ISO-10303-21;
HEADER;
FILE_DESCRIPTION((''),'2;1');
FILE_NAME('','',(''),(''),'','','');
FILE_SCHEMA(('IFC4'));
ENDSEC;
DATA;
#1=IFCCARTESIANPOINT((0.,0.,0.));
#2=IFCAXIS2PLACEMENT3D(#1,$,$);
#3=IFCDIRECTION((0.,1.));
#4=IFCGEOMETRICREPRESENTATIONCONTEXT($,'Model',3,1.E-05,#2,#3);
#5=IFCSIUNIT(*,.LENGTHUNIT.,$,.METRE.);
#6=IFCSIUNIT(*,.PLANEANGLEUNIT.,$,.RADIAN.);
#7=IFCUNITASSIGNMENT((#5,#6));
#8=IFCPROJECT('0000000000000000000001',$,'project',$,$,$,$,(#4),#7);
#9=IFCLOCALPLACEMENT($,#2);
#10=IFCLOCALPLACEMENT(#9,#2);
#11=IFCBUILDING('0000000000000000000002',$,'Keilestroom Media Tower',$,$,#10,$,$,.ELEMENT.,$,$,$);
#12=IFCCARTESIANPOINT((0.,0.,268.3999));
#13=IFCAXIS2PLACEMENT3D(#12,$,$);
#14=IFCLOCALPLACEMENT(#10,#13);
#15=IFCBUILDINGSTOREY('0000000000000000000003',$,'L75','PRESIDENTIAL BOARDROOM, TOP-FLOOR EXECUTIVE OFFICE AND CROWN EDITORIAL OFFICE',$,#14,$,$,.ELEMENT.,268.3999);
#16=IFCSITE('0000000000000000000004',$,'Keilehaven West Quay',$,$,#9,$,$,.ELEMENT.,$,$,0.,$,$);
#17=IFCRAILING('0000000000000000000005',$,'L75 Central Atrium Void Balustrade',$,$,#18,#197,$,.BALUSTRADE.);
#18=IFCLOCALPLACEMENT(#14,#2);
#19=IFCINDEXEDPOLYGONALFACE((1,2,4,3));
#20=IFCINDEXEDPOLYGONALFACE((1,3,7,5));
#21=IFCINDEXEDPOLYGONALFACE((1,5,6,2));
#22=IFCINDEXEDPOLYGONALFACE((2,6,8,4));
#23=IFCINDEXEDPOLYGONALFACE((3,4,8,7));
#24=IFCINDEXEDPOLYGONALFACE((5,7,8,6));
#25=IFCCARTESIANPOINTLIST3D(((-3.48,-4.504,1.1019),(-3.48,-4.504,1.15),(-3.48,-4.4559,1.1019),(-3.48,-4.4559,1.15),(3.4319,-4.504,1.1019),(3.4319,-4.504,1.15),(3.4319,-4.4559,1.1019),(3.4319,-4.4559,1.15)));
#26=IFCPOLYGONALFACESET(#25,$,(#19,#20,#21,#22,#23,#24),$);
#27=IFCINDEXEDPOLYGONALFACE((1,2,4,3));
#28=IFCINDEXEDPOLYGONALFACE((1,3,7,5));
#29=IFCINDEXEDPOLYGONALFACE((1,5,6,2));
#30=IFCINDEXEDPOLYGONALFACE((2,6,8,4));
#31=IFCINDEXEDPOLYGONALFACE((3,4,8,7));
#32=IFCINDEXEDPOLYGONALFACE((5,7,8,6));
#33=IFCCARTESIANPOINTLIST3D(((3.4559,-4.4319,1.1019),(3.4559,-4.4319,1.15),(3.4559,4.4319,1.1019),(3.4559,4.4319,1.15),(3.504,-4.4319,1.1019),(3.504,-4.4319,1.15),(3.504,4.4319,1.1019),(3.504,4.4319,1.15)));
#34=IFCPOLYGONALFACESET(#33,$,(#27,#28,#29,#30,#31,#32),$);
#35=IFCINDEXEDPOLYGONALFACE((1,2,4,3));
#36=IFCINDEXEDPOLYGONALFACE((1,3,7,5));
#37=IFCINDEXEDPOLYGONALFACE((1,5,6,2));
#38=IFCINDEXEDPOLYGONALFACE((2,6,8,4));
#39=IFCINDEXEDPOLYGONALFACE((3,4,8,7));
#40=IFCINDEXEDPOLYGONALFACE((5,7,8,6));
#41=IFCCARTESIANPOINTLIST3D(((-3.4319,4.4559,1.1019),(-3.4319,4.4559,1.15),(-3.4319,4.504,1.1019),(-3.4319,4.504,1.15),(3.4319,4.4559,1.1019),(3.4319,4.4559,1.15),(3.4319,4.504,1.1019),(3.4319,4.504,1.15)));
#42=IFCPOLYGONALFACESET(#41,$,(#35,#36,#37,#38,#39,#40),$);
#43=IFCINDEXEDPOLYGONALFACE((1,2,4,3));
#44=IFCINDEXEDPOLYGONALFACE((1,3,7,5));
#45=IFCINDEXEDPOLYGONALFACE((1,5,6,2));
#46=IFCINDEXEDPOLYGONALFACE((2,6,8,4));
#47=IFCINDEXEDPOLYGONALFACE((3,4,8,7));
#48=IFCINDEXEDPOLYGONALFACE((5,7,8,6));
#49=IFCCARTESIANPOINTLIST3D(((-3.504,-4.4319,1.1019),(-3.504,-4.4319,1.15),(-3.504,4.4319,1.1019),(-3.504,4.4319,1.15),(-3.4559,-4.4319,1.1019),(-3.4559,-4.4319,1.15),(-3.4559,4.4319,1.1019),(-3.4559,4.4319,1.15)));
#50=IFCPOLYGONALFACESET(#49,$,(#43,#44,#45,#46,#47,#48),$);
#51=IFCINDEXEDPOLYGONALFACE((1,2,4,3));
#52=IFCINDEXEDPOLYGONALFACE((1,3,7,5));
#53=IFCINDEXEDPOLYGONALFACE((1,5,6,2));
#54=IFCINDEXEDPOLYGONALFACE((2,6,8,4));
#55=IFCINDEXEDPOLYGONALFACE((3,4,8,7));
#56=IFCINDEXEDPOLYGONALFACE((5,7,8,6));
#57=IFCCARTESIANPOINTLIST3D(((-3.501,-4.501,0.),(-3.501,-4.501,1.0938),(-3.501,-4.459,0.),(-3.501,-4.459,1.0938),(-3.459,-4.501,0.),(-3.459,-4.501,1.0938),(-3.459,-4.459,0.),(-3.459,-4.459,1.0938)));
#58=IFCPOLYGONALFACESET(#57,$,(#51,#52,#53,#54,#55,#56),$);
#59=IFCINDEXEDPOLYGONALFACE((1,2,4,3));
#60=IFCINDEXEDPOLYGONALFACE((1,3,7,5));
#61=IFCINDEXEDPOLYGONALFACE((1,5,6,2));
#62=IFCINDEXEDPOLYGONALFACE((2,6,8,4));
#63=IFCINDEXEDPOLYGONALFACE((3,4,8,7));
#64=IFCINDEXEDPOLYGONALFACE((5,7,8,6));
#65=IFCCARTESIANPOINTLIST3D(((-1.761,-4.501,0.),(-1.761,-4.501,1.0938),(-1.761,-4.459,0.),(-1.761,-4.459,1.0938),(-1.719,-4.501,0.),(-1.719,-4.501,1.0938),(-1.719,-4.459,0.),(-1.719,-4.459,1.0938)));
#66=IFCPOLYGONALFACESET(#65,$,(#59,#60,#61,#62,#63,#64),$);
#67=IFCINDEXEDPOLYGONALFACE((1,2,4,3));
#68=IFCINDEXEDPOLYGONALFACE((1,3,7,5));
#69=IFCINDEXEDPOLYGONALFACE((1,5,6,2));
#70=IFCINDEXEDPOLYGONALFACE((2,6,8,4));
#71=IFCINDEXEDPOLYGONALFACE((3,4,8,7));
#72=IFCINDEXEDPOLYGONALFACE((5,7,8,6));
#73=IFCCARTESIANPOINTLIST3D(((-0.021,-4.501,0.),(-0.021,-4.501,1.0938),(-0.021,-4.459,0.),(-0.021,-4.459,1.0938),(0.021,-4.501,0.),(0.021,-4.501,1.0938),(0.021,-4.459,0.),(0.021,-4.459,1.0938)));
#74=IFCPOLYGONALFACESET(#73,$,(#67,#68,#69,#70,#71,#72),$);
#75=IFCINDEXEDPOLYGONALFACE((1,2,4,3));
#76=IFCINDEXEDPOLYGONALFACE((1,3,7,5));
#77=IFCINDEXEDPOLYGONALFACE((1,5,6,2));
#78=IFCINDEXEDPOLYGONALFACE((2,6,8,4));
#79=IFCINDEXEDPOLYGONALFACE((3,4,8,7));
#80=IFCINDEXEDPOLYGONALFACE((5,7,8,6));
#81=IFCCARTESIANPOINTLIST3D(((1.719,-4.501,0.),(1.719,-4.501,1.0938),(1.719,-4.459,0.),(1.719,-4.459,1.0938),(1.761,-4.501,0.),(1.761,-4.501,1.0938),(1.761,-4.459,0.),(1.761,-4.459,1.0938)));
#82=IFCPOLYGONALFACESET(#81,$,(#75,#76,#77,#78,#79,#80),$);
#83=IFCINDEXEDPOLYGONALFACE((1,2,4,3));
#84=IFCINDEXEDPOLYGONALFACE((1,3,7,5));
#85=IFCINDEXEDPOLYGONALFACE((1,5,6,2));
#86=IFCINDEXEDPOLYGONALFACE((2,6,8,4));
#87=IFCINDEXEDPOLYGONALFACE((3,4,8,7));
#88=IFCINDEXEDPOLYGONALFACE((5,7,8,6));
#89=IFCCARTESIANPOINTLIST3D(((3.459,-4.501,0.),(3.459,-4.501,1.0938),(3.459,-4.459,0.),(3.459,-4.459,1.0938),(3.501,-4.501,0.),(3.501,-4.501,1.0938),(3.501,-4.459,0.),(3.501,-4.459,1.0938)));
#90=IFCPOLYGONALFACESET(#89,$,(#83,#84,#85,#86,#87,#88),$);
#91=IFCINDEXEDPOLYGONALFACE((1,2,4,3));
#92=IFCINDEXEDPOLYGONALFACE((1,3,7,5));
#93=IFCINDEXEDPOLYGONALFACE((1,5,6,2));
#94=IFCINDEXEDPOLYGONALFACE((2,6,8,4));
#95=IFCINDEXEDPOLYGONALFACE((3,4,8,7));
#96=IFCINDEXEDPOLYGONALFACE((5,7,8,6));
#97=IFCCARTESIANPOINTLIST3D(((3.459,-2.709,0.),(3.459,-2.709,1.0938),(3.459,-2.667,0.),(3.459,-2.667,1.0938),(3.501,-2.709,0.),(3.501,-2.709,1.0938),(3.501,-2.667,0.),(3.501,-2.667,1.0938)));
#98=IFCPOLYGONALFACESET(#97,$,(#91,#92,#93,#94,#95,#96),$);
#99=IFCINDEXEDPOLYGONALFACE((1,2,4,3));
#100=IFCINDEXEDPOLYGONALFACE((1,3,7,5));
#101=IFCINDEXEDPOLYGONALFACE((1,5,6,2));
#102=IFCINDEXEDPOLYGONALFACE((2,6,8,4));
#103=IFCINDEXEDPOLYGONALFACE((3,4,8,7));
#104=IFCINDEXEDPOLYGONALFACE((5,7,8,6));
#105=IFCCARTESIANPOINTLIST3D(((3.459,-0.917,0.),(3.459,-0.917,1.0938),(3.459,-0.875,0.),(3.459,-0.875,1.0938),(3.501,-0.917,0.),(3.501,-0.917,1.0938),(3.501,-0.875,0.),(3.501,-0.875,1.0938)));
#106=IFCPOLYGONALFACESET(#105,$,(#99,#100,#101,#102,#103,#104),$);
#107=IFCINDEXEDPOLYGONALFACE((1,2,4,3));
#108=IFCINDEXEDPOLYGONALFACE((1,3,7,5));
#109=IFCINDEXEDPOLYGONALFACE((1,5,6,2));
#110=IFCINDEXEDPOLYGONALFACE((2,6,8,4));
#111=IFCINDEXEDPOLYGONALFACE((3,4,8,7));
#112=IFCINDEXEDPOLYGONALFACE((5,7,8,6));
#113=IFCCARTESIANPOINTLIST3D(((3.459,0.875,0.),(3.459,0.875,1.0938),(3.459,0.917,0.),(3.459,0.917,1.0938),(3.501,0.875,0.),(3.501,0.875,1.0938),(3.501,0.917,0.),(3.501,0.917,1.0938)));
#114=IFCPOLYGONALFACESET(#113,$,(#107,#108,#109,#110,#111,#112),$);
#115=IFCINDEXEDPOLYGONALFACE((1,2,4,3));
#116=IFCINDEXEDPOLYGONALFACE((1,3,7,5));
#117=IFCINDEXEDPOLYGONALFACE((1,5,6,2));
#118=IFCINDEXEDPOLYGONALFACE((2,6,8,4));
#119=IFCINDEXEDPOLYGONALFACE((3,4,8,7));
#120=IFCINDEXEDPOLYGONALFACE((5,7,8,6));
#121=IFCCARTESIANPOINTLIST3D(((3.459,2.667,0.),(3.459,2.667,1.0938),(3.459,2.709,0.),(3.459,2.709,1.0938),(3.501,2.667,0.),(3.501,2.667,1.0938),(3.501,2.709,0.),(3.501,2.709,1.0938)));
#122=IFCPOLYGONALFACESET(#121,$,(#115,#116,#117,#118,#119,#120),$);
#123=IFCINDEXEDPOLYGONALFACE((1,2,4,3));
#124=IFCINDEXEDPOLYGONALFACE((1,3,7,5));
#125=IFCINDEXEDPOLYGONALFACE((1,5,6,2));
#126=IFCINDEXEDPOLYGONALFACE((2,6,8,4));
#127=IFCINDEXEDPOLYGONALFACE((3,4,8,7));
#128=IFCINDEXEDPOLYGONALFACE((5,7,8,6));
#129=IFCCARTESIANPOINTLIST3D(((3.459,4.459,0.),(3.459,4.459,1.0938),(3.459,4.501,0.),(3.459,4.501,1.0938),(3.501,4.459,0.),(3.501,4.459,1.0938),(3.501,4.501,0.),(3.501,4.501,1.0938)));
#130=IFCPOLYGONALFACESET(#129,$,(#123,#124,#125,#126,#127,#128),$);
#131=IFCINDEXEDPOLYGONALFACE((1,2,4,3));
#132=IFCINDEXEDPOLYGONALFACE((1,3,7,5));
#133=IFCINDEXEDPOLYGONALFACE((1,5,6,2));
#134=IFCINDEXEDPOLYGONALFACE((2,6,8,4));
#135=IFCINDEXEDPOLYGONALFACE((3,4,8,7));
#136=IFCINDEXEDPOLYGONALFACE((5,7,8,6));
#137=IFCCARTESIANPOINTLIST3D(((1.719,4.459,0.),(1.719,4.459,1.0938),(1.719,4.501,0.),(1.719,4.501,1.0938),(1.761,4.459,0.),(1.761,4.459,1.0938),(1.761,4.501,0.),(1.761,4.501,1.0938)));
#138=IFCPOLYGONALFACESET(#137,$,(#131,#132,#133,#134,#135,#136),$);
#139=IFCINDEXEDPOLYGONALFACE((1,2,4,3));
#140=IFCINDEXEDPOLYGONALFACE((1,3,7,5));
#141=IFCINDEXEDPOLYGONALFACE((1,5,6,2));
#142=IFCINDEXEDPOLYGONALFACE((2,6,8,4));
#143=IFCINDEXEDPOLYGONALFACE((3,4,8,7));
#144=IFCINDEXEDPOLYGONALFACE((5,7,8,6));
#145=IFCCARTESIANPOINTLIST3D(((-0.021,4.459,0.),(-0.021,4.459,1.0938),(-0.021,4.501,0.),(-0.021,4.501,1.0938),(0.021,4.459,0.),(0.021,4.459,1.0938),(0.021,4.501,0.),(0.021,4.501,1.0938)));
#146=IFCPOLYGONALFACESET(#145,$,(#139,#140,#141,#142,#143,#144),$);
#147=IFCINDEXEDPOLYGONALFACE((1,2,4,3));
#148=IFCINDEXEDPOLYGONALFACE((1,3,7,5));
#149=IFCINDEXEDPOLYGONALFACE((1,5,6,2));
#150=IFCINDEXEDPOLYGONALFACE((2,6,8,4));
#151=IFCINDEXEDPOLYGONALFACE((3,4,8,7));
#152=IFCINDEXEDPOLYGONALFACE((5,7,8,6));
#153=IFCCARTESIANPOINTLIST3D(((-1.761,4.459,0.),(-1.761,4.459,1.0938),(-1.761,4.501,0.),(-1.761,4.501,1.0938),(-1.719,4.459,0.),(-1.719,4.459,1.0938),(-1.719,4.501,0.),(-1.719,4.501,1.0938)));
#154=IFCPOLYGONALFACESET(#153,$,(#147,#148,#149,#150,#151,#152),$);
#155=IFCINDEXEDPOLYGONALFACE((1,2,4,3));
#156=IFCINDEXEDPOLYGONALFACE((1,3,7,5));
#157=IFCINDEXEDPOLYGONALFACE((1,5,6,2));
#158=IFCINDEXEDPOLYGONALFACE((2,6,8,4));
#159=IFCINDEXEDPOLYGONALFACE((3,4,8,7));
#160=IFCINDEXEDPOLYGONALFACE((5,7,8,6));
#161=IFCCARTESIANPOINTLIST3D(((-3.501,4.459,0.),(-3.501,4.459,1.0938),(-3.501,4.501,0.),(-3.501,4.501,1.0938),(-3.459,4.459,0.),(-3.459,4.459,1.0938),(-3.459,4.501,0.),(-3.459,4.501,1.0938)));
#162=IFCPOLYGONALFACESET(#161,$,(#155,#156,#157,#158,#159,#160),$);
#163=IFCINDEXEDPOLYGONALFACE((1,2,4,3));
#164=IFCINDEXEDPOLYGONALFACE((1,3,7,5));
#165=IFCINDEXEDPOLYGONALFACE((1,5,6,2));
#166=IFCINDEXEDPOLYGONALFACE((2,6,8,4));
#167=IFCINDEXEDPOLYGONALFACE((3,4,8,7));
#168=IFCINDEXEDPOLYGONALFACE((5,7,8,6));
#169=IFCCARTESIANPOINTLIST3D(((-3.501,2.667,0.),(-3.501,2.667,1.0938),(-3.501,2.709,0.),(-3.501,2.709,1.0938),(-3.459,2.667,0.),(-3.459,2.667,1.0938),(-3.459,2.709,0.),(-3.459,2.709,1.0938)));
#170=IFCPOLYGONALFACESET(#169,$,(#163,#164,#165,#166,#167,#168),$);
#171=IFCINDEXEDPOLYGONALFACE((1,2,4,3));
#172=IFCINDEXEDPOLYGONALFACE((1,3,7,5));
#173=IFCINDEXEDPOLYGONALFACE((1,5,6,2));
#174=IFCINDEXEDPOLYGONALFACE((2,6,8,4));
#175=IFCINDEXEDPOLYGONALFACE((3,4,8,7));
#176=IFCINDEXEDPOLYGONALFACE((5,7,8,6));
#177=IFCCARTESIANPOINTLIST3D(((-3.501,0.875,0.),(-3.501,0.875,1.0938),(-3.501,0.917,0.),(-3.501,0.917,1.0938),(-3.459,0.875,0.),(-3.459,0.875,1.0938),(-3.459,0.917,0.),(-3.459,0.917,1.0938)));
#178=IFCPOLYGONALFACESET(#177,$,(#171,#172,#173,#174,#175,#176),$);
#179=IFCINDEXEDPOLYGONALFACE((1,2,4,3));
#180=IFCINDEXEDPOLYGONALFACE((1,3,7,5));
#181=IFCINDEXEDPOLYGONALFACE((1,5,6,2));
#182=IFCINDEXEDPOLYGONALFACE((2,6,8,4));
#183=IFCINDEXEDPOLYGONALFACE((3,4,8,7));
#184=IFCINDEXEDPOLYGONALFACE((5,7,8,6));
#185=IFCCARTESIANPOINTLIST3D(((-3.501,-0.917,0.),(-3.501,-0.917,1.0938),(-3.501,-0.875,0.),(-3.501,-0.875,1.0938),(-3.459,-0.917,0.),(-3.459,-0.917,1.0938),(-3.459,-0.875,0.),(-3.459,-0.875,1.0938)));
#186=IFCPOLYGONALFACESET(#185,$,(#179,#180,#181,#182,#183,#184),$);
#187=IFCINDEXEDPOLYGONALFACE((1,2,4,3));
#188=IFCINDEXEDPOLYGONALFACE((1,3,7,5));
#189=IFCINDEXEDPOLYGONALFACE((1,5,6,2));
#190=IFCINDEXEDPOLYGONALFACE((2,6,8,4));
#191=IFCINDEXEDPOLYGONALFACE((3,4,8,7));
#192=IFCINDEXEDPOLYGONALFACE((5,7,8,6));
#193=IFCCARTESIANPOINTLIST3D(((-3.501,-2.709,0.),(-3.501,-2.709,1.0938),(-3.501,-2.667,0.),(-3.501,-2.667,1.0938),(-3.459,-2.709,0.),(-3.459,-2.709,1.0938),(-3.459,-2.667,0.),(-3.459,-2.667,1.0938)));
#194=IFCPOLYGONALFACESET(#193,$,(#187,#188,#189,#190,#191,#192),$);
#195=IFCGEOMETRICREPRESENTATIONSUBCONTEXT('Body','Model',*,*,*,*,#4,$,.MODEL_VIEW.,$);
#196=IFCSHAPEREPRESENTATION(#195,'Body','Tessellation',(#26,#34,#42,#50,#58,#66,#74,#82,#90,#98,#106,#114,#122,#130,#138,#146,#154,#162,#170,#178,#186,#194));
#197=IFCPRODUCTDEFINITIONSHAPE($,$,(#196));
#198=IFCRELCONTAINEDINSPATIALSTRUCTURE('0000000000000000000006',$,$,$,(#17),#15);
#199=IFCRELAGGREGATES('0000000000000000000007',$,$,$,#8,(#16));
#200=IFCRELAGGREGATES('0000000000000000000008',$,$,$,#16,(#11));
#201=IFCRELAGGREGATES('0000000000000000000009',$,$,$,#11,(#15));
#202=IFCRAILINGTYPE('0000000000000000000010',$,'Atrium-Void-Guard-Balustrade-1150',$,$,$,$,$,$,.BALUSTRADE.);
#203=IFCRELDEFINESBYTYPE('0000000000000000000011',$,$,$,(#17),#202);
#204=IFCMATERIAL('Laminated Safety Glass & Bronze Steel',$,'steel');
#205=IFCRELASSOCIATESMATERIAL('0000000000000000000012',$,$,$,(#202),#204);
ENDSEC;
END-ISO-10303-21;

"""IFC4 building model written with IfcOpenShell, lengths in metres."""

from ifc_helpers import new_model, si_unit, direction, frame, origin, origin_2d, place, context, subcontext, project, spatial, rectangle, extrude, material, type_object, element, save


model = new_model("IFC4")

# Units and contexts
model_context = context("Model", 3, precision=1e-05, world=origin(), true_north=direction((0.0, 1.0)))
body_context = subcontext(model_context, "Body", "Model", "MODEL_VIEW")
ifc_project = project(units=[si_unit("LENGTHUNIT", "METRE"), si_unit("PLANEANGLEUNIT", "RADIAN")], contexts=[model_context])

# Site, building, storey
site_placement = place(None, origin())
site = spatial("IfcSite", under=ifc_project, at=site_placement, Name="Keilehaven West Quay", CompositionType="ELEMENT", RefElevation=0.0)
building_placement = place(site_placement, origin())
building = spatial("IfcBuilding", under=site, at=building_placement, Name="Keilestroom Media Tower", CompositionType="ELEMENT")
storey_placement = place(building_placement, frame((0.0, 0.0, 268.3999)))
storey = spatial("IfcBuildingStorey", under=building, at=storey_placement, Name="L75", Description="PRESIDENTIAL BOARDROOM, TOP-FLOOR EXECUTIVE OFFICE AND CROWN EDITORIAL OFFICE", CompositionType="ELEMENT", Elevation=268.3999)

# Railing
ifc_material_1 = material(Name="Laminated Safety Glass & Bronze Steel", Category="steel")
railing_type = type_object("IfcRailingType", Name="Atrium-Void-Guard-Balustrade-1150", PredefinedType="BALUSTRADE", material=ifc_material_1)
railing_placement = place(storey_placement, frame((-3.48, -4.48, 0.0)))
element("IfcRailing", 1, at=railing_placement, inside=storey, type_object=railing_type, Name="L75 Central Atrium Void Balustrade", PredefinedType="BALUSTRADE", context=body_context, shape_type="SweptSolid", body=[
    extrude(rectangle(XDim=0.0481, YDim=0.0481, at=origin_2d()), frame((0.0, 0.0, 1.126), z_axis=(1.0, 0.0, 0.0), x_axis=(0.0, 1.0, 0.0)), (0.0, 0.0, 1.0), 6.9119),
    extrude(rectangle(XDim=0.0481, YDim=0.0481, at=origin_2d()), frame((6.96, 0.0481, 1.126), z_axis=(0.0, 1.0, 0.0), x_axis=(-1.0, 0.0, 0.0)), (0.0, 0.0, 1.0), 8.8638),
    extrude(rectangle(XDim=0.0481, YDim=0.0481, at=origin_2d()), frame((6.9119, 8.96, 1.126), z_axis=(-1.0, 0.0, 0.0), x_axis=(0.0, -1.0, 0.0)), (0.0, 0.0, 1.0), 6.8638),
    extrude(rectangle(XDim=0.0481, YDim=0.0481, at=origin_2d()), frame((0.0, 8.9119, 1.126), z_axis=(0.0, -1.0, 0.0), x_axis=(1.0, 0.0, 0.0)), (0.0, 0.0, 1.0), 8.8638),
    extrude(rectangle(XDim=0.042, YDim=0.042, at=origin_2d()), origin(), (0.0, 0.0, 1.0), 1.0938),
    extrude(rectangle(XDim=0.042, YDim=0.042, at=origin_2d()), frame((1.74, 0.0, 0.0)), (0.0, 0.0, 1.0), 1.0938),
    extrude(rectangle(XDim=0.042, YDim=0.042, at=origin_2d()), frame((3.48, 0.0, 0.0)), (0.0, 0.0, 1.0), 1.0938),
    extrude(rectangle(XDim=0.042, YDim=0.042, at=origin_2d()), frame((5.22, 0.0, 0.0)), (0.0, 0.0, 1.0), 1.0938),
    extrude(rectangle(XDim=0.042, YDim=0.042, at=origin_2d()), frame((6.96, 0.0, 0.0)), (0.0, 0.0, 1.0), 1.0938),
    extrude(rectangle(XDim=0.042, YDim=0.042, at=origin_2d()), frame((6.96, 1.792, 0.0)), (0.0, 0.0, 1.0), 1.0938),
    extrude(rectangle(XDim=0.042, YDim=0.042, at=origin_2d()), frame((6.96, 3.584, 0.0)), (0.0, 0.0, 1.0), 1.0938),
    extrude(rectangle(XDim=0.042, YDim=0.042, at=origin_2d()), frame((6.96, 5.376, 0.0)), (0.0, 0.0, 1.0), 1.0938),
    extrude(rectangle(XDim=0.042, YDim=0.042, at=origin_2d()), frame((6.96, 7.168, 0.0)), (0.0, 0.0, 1.0), 1.0938),
    extrude(rectangle(XDim=0.042, YDim=0.042, at=origin_2d()), frame((6.96, 8.96, 0.0)), (0.0, 0.0, 1.0), 1.0938),
    extrude(rectangle(XDim=0.042, YDim=0.042, at=origin_2d()), frame((5.22, 8.96, 0.0)), (0.0, 0.0, 1.0), 1.0938),
    extrude(rectangle(XDim=0.042, YDim=0.042, at=origin_2d()), frame((3.48, 8.96, 0.0)), (0.0, 0.0, 1.0), 1.0938),
    extrude(rectangle(XDim=0.042, YDim=0.042, at=origin_2d()), frame((1.74, 8.96, 0.0)), (0.0, 0.0, 1.0), 1.0938),
    extrude(rectangle(XDim=0.042, YDim=0.042, at=origin_2d()), frame((0.0, 8.96, 0.0)), (0.0, 0.0, 1.0), 1.0938),
    extrude(rectangle(XDim=0.042, YDim=0.042, at=origin_2d()), frame((0.0, 7.168, 0.0)), (0.0, 0.0, 1.0), 1.0938),
    extrude(rectangle(XDim=0.042, YDim=0.042, at=origin_2d()), frame((0.0, 5.376, 0.0)), (0.0, 0.0, 1.0), 1.0938),
    extrude(rectangle(XDim=0.042, YDim=0.042, at=origin_2d()), frame((0.0, 3.584, 0.0)), (0.0, 0.0, 1.0), 1.0938),
    extrude(rectangle(XDim=0.042, YDim=0.042, at=origin_2d()), frame((0.0, 1.792, 0.0)), (0.0, 0.0, 1.0), 1.0938),
])

save(model, "model.ifc")
